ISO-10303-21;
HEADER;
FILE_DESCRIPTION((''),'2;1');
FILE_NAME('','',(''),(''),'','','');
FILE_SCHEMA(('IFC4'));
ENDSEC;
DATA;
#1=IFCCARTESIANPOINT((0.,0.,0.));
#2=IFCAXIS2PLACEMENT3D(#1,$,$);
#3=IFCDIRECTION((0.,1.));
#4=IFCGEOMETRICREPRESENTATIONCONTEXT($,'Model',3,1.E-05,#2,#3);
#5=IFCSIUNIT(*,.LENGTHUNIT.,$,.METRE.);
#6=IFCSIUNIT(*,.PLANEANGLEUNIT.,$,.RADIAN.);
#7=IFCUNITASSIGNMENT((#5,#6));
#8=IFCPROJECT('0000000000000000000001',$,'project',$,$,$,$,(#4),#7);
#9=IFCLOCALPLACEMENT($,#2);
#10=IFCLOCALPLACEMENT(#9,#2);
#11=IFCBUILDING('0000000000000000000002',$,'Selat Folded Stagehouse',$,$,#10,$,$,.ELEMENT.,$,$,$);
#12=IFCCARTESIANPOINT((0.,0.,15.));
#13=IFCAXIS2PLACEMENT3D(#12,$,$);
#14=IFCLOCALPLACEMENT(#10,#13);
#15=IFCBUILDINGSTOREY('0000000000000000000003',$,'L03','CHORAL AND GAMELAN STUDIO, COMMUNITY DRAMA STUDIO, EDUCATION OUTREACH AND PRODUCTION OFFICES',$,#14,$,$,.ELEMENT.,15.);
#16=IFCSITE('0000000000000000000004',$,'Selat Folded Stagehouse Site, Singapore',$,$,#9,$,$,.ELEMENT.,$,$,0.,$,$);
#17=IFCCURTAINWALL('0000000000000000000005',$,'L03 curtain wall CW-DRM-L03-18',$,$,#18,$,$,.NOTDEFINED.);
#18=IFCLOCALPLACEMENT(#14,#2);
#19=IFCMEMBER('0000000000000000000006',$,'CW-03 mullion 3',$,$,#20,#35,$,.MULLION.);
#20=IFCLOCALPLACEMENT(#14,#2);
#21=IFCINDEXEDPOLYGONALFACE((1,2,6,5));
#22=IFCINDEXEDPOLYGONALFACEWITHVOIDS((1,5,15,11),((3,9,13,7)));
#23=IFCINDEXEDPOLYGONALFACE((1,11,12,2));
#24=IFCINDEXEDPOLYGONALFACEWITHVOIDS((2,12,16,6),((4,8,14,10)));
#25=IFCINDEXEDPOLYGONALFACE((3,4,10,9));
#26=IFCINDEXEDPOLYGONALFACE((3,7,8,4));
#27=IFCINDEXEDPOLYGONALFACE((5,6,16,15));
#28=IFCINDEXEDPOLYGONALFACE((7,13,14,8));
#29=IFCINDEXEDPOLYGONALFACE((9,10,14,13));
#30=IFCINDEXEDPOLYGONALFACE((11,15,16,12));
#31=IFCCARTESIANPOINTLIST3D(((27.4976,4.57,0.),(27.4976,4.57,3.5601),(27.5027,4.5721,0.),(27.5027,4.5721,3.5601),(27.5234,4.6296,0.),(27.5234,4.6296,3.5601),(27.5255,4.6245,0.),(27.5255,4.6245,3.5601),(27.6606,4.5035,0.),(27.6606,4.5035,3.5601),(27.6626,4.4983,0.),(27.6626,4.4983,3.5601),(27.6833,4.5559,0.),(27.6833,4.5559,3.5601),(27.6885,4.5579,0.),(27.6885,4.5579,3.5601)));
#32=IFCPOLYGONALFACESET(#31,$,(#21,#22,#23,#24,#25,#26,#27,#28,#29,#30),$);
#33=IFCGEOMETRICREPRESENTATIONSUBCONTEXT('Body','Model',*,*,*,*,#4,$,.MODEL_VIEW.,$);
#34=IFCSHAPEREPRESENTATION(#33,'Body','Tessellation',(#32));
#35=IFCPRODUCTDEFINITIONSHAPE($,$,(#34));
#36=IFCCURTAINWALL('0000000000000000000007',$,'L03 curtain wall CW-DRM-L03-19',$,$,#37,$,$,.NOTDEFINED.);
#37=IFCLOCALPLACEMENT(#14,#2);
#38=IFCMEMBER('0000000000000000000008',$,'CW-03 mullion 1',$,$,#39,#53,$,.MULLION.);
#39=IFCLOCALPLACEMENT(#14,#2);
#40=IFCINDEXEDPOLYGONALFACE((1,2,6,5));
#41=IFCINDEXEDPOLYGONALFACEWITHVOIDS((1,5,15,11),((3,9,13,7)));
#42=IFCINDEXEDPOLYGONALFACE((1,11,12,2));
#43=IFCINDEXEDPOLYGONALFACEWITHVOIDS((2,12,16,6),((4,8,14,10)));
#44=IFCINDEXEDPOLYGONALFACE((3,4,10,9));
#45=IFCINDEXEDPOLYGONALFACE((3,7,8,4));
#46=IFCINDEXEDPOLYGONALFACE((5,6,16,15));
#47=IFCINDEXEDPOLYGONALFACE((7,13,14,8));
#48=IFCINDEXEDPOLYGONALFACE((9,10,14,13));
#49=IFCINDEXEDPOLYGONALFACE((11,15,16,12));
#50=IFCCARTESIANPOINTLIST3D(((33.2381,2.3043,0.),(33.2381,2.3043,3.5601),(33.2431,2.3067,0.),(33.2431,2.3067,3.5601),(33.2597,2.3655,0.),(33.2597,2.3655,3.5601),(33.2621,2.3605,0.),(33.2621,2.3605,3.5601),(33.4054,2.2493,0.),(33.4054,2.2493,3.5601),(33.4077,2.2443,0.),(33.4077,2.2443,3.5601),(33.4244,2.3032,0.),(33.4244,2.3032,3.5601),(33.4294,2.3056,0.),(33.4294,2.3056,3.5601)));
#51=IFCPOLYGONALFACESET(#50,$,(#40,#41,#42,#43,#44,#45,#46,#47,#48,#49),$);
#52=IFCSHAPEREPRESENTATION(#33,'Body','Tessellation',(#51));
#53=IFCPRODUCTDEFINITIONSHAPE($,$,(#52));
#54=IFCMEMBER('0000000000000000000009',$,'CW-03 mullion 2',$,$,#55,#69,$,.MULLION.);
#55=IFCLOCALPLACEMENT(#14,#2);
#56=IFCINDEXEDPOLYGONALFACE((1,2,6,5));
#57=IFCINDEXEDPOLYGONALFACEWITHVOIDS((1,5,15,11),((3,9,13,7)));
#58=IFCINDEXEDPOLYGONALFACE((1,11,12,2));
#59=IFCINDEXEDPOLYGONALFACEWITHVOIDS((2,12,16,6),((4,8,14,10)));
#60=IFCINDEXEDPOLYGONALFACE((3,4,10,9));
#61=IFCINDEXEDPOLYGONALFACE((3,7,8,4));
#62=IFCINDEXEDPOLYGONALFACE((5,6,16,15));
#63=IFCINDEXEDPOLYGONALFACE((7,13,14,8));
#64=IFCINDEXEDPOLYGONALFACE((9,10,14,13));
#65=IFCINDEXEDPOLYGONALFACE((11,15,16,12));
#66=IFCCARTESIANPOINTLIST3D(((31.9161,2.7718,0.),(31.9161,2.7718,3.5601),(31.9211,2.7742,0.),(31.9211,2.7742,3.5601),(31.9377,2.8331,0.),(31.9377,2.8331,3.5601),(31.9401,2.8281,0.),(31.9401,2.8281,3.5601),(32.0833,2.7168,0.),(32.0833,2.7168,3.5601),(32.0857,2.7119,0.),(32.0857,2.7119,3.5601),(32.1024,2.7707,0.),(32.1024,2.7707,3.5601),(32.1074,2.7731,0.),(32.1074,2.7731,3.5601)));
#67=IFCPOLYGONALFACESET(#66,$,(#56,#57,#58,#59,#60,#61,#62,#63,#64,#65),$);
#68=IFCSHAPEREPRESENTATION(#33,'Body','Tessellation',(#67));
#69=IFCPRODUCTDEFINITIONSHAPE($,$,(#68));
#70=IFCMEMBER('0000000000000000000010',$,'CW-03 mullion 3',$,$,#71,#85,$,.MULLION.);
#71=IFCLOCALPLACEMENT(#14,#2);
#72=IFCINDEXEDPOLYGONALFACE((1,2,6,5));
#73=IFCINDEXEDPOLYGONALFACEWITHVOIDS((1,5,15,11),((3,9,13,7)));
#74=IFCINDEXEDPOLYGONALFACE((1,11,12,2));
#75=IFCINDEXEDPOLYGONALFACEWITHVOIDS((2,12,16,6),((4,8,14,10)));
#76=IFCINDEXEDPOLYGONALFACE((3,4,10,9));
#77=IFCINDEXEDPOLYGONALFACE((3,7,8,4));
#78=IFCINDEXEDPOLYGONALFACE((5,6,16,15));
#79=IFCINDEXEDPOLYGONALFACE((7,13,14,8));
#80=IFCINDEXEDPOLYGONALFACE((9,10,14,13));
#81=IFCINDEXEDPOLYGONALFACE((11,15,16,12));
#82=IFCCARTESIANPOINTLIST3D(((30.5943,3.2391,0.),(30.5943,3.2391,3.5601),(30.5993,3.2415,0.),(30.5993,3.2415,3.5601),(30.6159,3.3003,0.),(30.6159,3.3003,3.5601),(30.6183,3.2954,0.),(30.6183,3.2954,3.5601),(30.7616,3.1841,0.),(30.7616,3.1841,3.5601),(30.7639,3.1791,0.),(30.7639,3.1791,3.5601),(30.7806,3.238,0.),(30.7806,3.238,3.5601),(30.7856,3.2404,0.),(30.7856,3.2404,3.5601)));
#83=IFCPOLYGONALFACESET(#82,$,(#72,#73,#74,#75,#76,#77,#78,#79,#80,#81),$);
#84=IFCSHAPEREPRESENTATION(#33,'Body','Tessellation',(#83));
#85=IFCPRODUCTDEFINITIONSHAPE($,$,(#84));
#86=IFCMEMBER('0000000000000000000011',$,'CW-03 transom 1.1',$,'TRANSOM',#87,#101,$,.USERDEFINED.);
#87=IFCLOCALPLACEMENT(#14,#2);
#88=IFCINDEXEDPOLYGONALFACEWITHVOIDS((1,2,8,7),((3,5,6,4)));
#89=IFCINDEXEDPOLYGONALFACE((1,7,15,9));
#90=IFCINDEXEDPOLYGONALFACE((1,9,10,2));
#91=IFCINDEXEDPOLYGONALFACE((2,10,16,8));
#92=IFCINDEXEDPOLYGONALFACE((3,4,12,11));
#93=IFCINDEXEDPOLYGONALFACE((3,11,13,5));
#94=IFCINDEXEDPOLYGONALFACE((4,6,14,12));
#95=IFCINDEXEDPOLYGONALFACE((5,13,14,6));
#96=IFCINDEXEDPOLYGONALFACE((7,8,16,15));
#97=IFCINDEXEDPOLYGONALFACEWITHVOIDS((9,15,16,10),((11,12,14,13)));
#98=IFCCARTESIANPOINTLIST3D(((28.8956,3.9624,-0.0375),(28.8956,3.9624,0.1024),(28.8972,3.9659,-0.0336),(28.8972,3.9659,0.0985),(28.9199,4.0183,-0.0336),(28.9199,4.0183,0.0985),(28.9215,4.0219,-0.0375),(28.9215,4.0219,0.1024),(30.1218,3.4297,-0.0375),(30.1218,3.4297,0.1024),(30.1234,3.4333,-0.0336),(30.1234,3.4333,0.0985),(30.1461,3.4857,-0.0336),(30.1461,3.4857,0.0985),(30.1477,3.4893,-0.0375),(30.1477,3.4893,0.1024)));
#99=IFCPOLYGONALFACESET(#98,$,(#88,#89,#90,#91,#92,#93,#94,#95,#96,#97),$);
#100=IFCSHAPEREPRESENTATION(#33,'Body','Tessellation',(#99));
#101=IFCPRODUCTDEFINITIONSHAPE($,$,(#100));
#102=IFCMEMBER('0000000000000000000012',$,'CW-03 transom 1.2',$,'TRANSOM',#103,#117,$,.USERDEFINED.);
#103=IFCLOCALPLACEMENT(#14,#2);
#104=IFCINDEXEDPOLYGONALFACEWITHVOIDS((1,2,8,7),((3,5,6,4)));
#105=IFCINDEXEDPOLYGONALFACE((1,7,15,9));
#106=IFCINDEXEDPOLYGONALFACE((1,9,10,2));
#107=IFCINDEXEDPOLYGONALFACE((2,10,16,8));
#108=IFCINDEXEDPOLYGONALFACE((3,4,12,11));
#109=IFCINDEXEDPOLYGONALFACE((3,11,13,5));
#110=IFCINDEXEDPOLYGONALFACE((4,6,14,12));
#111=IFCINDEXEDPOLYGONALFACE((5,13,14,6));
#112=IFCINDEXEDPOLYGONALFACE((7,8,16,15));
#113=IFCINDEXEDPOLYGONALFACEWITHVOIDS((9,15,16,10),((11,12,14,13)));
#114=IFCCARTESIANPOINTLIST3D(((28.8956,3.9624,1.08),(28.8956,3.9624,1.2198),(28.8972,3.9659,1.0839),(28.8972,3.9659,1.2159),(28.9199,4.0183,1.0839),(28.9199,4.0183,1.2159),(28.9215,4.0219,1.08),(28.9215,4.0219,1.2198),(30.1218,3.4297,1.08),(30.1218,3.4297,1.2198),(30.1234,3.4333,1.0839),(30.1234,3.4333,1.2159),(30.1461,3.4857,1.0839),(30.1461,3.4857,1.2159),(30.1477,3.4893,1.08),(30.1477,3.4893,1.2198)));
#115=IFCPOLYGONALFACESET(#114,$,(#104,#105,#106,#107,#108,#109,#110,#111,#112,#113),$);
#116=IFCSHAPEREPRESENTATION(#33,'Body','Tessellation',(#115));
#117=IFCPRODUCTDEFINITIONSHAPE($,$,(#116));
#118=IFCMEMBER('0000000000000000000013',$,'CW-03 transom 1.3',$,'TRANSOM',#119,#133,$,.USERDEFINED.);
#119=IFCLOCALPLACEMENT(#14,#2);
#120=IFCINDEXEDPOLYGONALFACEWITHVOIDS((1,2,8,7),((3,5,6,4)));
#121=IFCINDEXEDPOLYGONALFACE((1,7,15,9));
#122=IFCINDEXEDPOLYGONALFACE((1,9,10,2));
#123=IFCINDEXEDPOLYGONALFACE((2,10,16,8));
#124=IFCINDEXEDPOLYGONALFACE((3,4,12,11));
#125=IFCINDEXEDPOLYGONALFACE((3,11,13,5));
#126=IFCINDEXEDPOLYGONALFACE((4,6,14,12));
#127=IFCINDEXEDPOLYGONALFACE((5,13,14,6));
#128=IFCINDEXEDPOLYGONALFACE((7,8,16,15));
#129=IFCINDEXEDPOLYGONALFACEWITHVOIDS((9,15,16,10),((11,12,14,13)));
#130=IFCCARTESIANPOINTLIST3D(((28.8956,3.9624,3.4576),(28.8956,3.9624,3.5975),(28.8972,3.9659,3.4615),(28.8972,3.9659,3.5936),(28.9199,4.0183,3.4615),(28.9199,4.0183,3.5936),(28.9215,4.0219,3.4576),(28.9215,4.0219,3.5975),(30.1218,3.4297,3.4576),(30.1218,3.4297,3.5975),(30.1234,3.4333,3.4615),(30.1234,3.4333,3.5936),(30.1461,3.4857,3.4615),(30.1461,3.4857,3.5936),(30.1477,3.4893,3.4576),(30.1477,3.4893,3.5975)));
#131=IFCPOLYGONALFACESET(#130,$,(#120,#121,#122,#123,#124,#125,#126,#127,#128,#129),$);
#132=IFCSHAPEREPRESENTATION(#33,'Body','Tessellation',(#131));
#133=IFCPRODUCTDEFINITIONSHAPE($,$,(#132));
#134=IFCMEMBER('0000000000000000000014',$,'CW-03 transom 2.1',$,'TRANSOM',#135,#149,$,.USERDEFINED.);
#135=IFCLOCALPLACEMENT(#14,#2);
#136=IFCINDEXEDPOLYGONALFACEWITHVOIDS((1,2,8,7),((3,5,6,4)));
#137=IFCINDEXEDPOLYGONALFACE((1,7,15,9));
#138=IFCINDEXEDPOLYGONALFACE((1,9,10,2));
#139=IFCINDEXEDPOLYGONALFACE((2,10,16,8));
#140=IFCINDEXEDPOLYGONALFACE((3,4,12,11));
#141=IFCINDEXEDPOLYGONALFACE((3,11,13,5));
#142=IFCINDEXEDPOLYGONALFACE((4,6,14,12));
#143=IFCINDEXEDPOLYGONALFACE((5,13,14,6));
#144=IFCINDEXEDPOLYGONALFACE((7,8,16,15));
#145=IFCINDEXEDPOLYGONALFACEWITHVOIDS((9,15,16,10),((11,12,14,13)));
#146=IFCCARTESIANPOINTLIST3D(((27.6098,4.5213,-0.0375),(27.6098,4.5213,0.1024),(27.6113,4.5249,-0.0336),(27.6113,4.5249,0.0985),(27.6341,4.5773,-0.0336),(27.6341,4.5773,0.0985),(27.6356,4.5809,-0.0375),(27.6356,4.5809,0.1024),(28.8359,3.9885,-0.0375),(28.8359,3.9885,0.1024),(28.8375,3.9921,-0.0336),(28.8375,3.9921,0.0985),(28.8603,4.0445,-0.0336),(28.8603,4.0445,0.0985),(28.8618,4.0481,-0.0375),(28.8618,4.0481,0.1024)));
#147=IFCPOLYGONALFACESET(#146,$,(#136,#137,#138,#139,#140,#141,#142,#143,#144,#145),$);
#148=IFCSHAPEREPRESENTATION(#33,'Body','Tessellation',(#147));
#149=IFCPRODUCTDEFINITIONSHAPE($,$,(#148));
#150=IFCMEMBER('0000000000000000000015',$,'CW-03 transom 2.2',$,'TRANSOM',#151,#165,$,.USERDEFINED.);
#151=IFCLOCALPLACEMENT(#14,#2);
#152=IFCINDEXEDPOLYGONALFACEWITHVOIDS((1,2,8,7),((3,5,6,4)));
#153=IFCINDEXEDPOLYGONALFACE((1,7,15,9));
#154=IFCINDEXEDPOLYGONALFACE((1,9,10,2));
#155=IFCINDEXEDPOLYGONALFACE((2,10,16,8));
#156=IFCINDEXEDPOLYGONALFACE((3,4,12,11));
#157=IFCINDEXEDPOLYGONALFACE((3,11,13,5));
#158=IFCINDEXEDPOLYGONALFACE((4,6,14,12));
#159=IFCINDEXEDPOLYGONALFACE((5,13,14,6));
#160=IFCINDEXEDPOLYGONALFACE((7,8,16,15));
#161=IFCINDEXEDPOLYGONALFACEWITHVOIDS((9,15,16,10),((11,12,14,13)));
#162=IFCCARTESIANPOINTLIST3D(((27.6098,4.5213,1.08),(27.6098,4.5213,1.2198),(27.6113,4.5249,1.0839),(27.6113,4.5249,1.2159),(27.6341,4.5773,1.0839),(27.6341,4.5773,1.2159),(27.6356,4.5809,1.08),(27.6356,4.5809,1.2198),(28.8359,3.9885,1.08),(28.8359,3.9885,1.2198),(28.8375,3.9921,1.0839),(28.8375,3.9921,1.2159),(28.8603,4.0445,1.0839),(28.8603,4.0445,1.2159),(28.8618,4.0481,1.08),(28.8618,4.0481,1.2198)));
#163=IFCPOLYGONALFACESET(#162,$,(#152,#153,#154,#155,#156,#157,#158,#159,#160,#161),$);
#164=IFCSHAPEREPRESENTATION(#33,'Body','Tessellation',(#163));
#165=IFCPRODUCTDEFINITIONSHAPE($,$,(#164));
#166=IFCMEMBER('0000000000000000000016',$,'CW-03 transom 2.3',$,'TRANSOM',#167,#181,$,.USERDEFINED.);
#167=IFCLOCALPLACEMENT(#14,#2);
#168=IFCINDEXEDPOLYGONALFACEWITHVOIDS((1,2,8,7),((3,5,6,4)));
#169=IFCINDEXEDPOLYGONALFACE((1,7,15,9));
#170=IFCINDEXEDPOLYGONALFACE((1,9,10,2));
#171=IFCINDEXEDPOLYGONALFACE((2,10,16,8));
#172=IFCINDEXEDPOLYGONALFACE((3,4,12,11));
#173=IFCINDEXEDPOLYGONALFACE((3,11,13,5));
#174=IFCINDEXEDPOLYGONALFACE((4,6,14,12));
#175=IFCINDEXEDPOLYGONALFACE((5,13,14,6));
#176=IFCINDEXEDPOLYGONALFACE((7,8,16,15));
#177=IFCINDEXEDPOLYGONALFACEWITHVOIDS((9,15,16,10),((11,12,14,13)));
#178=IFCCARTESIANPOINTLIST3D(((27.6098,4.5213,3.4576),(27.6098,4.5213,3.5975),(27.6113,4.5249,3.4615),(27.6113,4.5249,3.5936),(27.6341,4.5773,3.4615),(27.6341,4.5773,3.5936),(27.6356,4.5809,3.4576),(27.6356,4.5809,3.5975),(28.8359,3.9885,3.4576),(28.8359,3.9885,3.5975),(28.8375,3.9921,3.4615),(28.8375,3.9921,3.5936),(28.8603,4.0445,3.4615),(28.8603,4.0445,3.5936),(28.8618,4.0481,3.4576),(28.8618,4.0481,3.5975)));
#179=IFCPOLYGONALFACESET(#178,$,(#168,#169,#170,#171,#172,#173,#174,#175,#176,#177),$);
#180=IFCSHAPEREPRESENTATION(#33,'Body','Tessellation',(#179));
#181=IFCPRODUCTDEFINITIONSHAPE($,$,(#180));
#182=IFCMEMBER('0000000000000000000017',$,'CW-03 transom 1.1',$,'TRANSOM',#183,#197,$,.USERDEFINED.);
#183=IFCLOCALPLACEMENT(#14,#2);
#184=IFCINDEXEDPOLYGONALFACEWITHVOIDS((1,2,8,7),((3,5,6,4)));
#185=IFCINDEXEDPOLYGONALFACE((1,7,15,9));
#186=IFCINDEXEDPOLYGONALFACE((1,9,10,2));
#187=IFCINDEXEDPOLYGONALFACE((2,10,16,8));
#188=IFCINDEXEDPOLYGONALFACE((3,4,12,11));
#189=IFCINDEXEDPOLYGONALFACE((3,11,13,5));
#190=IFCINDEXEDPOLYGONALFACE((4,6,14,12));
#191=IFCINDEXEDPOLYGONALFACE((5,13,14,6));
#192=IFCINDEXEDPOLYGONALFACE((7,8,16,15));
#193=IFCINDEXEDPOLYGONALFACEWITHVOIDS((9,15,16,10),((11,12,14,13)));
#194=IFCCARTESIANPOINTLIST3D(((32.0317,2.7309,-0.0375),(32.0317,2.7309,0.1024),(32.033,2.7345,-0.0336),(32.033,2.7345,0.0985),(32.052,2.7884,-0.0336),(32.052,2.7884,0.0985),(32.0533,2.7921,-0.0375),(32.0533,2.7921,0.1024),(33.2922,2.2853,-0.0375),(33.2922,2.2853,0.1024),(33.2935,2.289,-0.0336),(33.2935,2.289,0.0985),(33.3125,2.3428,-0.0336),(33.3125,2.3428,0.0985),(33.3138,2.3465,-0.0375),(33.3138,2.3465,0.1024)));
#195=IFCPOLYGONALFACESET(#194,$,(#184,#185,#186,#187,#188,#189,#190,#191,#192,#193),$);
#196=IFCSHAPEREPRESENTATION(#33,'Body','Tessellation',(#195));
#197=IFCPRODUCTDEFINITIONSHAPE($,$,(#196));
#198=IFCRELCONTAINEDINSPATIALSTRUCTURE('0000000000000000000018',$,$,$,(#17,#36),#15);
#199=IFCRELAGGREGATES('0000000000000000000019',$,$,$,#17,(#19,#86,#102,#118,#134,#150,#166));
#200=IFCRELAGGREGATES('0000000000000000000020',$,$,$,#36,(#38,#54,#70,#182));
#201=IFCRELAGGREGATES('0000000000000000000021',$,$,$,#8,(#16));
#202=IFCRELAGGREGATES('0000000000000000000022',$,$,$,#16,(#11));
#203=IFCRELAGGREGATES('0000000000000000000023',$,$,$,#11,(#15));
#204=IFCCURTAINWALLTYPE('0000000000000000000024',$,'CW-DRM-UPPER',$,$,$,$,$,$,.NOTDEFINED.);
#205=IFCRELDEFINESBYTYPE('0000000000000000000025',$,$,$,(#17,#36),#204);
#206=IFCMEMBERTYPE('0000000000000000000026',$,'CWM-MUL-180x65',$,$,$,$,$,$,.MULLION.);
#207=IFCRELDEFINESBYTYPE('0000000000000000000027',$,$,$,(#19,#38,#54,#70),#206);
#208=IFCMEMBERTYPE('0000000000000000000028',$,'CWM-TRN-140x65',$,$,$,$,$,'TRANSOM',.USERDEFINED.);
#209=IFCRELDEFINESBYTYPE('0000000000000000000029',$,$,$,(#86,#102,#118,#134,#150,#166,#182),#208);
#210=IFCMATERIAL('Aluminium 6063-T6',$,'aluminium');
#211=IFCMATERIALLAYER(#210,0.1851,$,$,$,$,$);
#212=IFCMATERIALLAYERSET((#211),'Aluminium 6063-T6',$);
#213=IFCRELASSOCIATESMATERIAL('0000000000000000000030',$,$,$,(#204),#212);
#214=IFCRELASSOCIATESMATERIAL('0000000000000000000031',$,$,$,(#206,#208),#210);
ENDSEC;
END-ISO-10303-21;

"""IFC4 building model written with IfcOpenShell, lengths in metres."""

from ifc_helpers import new_model, si_unit, direction, frame, origin, origin_2d, place, context, subcontext, project, spatial, hollow_rectangle, extrude, material, layer, layer_set, material_profile, profile_set, type_object, element, aggregate, save


model = new_model("IFC4")

# Units and contexts
model_context = context("Model", 3, precision=1e-05, world=origin(), true_north=direction((0.0, 1.0)))
body_context = subcontext(model_context, "Body", "Model", "MODEL_VIEW")
ifc_project = project(units=[si_unit("LENGTHUNIT", "METRE"), si_unit("PLANEANGLEUNIT", "RADIAN")], contexts=[model_context])

# Site, building, storey
site_placement = place(None, origin())
site = spatial("IfcSite", under=ifc_project, at=site_placement, Name="Selat Folded Stagehouse Site, Singapore", CompositionType="ELEMENT", RefElevation=0.0)
building_placement = place(site_placement, origin())
building = spatial("IfcBuilding", under=site, at=building_placement, Name="Selat Folded Stagehouse", CompositionType="ELEMENT")
storey_placement = place(building_placement, frame((0.0, 0.0, 15.0)))
storey = spatial("IfcBuildingStorey", under=building, at=storey_placement, Name="L03", Description="CHORAL AND GAMELAN STUDIO, COMMUNITY DRAMA STUDIO, EDUCATION OUTREACH AND PRODUCTION OFFICES", CompositionType="ELEMENT", Elevation=15.0)

# Curtain walls, members
ifc_material_1 = material(Name="Aluminium 6063-T6", Category="aluminium")
ifc_layer_1 = layer(ifc_material_1, 0.1851)
ifc_layer_set_1 = layer_set([ifc_layer_1], Name="Aluminium 6063-T6")
curtain_wall_type = type_object("IfcCurtainWallType", Name="CW-DRM-UPPER", PredefinedType="NOTDEFINED", material=ifc_layer_set_1)
curtain_wall_1_placement = place(storey_placement, origin())
curtain_wall_1 = element("IfcCurtainWall", 1, at=curtain_wall_1_placement, inside=storey, type_object=curtain_wall_type, Name="L03 curtain wall CW-DRM-L03-18", PredefinedType="NOTDEFINED")
ifc_material_profile_1 = material_profile(ifc_material_1, hollow_rectangle(XDim=0.0649, YDim=0.1799, WallThickness=0.0039, at=origin_2d()), Name="ALU 180x65x4.0")
ifc_profile_set_1 = profile_set([ifc_material_profile_1], Name="Aluminium 6063-T6")
member_type_1 = type_object("IfcMemberType", Name="CWM-MUL-180x65", PredefinedType="MULLION", material=ifc_profile_set_1)
member_1_placement = place(storey_placement, frame((27.593, 4.564, 0.0), z_axis=(0.0, 0.0, 1.0), x_axis=(-0.39858, -0.917134, 0.0)))
member_1 = element("IfcMember", 2, at=member_1_placement, type_object=member_type_1, Name="CW-03 mullion 3", PredefinedType="MULLION", context=body_context, shape_type="SweptSolid", body=[
    extrude(hollow_rectangle(XDim=0.0649, YDim=0.1799, WallThickness=0.0039, at=origin_2d()), origin(), (0.0, 0.0, 1.0), 3.5601),
])
curtain_wall_2_placement = place(storey_placement, origin())
curtain_wall_2 = element("IfcCurtainWall", 3, at=curtain_wall_2_placement, inside=storey, type_object=curtain_wall_type, Name="L03 curtain wall CW-DRM-L03-19", PredefinedType="NOTDEFINED")
member_2_placement = place(storey_placement, frame((33.3337, 2.3049, 0.0), z_axis=(0.0, 0.0, 1.0), x_axis=(-0.333314, -0.942816, 0.0)))
member_2 = element("IfcMember", 4, at=member_2_placement, type_object=member_type_1, Name="CW-03 mullion 1", PredefinedType="MULLION", context=body_context, shape_type="SweptSolid", body=[
    extrude(hollow_rectangle(XDim=0.0649, YDim=0.1799, WallThickness=0.0039, at=origin_2d()), origin(), (0.0, 0.0, 1.0), 3.5601),
])
member_3_placement = place(storey_placement, frame((32.0117, 2.7725, 0.0), z_axis=(0.0, 0.0, 1.0), x_axis=(-0.333314, -0.942816, 0.0)))
member_3 = element("IfcMember", 5, at=member_3_placement, type_object=member_type_1, Name="CW-03 mullion 2", PredefinedType="MULLION", context=body_context, shape_type="SweptSolid", body=[
    extrude(hollow_rectangle(XDim=0.0649, YDim=0.1799, WallThickness=0.0039, at=origin_2d()), origin(), (0.0, 0.0, 1.0), 3.5601),
])
member_4_placement = place(storey_placement, frame((30.6899, 3.2397, 0.0), z_axis=(0.0, 0.0, 1.0), x_axis=(-0.333314, -0.942816, 0.0)))
member_4 = element("IfcMember", 6, at=member_4_placement, type_object=member_type_1, Name="CW-03 mullion 3", PredefinedType="MULLION", context=body_context, shape_type="SweptSolid", body=[
    extrude(hollow_rectangle(XDim=0.0649, YDim=0.1799, WallThickness=0.0039, at=origin_2d()), origin(), (0.0, 0.0, 1.0), 3.5601),
])

# Members
ifc_material_profile_2 = material_profile(ifc_material_1, hollow_rectangle(XDim=0.0649, YDim=0.1399, WallThickness=0.0039, at=origin_2d()), Name="ALU 140x65x4.0")
ifc_profile_set_2 = profile_set([ifc_material_profile_2], Name="Aluminium 6063-T6")
member_type_2 = type_object("IfcMemberType", Name="CWM-TRN-140x65", ElementType="TRANSOM", PredefinedType="USERDEFINED", material=ifc_profile_set_2)
member_5_placement = place(storey_placement, frame((30.1348, 3.4595, 0.0325), z_axis=(-0.917198, 0.398432, 0.0), x_axis=(-0.398432, -0.917198, 0.0)))
member_5 = element("IfcMember", 7, at=member_5_placement, type_object=member_type_2, Name="CW-03 transom 1.1", ObjectType="TRANSOM", PredefinedType="USERDEFINED", context=body_context, shape_type="SweptSolid", body=[
    extrude(hollow_rectangle(XDim=0.0649, YDim=0.1399, WallThickness=0.0039, at=origin_2d()), origin(), (0.0, 0.0, 1.0), 1.3369),
])
member_6_placement = place(storey_placement, frame((30.1348, 3.4595, 1.1499), z_axis=(-0.917198, 0.398432, 0.0), x_axis=(-0.398432, -0.917198, 0.0)))
member_6 = element("IfcMember", 8, at=member_6_placement, type_object=member_type_2, Name="CW-03 transom 1.2", ObjectType="TRANSOM", PredefinedType="USERDEFINED", context=body_context, shape_type="SweptSolid", body=[
    extrude(hollow_rectangle(XDim=0.0649, YDim=0.1399, WallThickness=0.0039, at=origin_2d()), origin(), (0.0, 0.0, 1.0), 1.3369),
])
member_7_placement = place(storey_placement, frame((30.1348, 3.4595, 3.5276), z_axis=(-0.917198, 0.398432, 0.0), x_axis=(-0.398432, -0.917198, 0.0)))
member_7 = element("IfcMember", 9, at=member_7_placement, type_object=member_type_2, Name="CW-03 transom 1.3", ObjectType="TRANSOM", PredefinedType="USERDEFINED", context=body_context, shape_type="SweptSolid", body=[
    extrude(hollow_rectangle(XDim=0.0649, YDim=0.1399, WallThickness=0.0039, at=origin_2d()), origin(), (0.0, 0.0, 1.0), 1.3369),
])
member_8_placement = place(storey_placement, frame((28.8489, 4.0183, 0.0325), z_axis=(-0.917169, 0.398499, 0.0), x_axis=(-0.398499, -0.917169, 0.0)))
member_8 = element("IfcMember", 10, at=member_8_placement, type_object=member_type_2, Name="CW-03 transom 2.1", ObjectType="TRANSOM", PredefinedType="USERDEFINED", context=body_context, shape_type="SweptSolid", body=[
    extrude(hollow_rectangle(XDim=0.0649, YDim=0.1399, WallThickness=0.0039, at=origin_2d()), origin(), (0.0, 0.0, 1.0), 1.3369),
])
member_9_placement = place(storey_placement, frame((28.8489, 4.0183, 1.1499), z_axis=(-0.917169, 0.398499, 0.0), x_axis=(-0.398499, -0.917169, 0.0)))
member_9 = element("IfcMember", 11, at=member_9_placement, type_object=member_type_2, Name="CW-03 transom 2.2", ObjectType="TRANSOM", PredefinedType="USERDEFINED", context=body_context, shape_type="SweptSolid", body=[
    extrude(hollow_rectangle(XDim=0.0649, YDim=0.1399, WallThickness=0.0039, at=origin_2d()), origin(), (0.0, 0.0, 1.0), 1.3369),
])
member_10_placement = place(storey_placement, frame((28.8489, 4.0183, 3.5276), z_axis=(-0.917169, 0.398499, 0.0), x_axis=(-0.398499, -0.917169, 0.0)))
member_10 = element("IfcMember", 12, at=member_10_placement, type_object=member_type_2, Name="CW-03 transom 2.3", ObjectType="TRANSOM", PredefinedType="USERDEFINED", context=body_context, shape_type="SweptSolid", body=[
    extrude(hollow_rectangle(XDim=0.0649, YDim=0.1399, WallThickness=0.0039, at=origin_2d()), origin(), (0.0, 0.0, 1.0), 1.3369),
])
member_11_placement = place(storey_placement, frame((33.303, 2.3159, 0.0325), z_axis=(-0.942832, 0.333269, 0.0), x_axis=(-0.333269, -0.942832, 0.0)))
member_11 = element("IfcMember", 13, at=member_11_placement, type_object=member_type_2, Name="CW-03 transom 1.1", ObjectType="TRANSOM", PredefinedType="USERDEFINED", context=body_context, shape_type="SweptSolid", body=[
    extrude(hollow_rectangle(XDim=0.0649, YDim=0.1399, WallThickness=0.0039, at=origin_2d()), origin(), (0.0, 0.0, 1.0), 1.3369),
])

aggregate(curtain_wall_1, [member_1, member_5, member_6, member_7, member_8, member_9, member_10])
aggregate(curtain_wall_2, [member_2, member_3, member_4, member_11])

save(model, "model.ifc")
